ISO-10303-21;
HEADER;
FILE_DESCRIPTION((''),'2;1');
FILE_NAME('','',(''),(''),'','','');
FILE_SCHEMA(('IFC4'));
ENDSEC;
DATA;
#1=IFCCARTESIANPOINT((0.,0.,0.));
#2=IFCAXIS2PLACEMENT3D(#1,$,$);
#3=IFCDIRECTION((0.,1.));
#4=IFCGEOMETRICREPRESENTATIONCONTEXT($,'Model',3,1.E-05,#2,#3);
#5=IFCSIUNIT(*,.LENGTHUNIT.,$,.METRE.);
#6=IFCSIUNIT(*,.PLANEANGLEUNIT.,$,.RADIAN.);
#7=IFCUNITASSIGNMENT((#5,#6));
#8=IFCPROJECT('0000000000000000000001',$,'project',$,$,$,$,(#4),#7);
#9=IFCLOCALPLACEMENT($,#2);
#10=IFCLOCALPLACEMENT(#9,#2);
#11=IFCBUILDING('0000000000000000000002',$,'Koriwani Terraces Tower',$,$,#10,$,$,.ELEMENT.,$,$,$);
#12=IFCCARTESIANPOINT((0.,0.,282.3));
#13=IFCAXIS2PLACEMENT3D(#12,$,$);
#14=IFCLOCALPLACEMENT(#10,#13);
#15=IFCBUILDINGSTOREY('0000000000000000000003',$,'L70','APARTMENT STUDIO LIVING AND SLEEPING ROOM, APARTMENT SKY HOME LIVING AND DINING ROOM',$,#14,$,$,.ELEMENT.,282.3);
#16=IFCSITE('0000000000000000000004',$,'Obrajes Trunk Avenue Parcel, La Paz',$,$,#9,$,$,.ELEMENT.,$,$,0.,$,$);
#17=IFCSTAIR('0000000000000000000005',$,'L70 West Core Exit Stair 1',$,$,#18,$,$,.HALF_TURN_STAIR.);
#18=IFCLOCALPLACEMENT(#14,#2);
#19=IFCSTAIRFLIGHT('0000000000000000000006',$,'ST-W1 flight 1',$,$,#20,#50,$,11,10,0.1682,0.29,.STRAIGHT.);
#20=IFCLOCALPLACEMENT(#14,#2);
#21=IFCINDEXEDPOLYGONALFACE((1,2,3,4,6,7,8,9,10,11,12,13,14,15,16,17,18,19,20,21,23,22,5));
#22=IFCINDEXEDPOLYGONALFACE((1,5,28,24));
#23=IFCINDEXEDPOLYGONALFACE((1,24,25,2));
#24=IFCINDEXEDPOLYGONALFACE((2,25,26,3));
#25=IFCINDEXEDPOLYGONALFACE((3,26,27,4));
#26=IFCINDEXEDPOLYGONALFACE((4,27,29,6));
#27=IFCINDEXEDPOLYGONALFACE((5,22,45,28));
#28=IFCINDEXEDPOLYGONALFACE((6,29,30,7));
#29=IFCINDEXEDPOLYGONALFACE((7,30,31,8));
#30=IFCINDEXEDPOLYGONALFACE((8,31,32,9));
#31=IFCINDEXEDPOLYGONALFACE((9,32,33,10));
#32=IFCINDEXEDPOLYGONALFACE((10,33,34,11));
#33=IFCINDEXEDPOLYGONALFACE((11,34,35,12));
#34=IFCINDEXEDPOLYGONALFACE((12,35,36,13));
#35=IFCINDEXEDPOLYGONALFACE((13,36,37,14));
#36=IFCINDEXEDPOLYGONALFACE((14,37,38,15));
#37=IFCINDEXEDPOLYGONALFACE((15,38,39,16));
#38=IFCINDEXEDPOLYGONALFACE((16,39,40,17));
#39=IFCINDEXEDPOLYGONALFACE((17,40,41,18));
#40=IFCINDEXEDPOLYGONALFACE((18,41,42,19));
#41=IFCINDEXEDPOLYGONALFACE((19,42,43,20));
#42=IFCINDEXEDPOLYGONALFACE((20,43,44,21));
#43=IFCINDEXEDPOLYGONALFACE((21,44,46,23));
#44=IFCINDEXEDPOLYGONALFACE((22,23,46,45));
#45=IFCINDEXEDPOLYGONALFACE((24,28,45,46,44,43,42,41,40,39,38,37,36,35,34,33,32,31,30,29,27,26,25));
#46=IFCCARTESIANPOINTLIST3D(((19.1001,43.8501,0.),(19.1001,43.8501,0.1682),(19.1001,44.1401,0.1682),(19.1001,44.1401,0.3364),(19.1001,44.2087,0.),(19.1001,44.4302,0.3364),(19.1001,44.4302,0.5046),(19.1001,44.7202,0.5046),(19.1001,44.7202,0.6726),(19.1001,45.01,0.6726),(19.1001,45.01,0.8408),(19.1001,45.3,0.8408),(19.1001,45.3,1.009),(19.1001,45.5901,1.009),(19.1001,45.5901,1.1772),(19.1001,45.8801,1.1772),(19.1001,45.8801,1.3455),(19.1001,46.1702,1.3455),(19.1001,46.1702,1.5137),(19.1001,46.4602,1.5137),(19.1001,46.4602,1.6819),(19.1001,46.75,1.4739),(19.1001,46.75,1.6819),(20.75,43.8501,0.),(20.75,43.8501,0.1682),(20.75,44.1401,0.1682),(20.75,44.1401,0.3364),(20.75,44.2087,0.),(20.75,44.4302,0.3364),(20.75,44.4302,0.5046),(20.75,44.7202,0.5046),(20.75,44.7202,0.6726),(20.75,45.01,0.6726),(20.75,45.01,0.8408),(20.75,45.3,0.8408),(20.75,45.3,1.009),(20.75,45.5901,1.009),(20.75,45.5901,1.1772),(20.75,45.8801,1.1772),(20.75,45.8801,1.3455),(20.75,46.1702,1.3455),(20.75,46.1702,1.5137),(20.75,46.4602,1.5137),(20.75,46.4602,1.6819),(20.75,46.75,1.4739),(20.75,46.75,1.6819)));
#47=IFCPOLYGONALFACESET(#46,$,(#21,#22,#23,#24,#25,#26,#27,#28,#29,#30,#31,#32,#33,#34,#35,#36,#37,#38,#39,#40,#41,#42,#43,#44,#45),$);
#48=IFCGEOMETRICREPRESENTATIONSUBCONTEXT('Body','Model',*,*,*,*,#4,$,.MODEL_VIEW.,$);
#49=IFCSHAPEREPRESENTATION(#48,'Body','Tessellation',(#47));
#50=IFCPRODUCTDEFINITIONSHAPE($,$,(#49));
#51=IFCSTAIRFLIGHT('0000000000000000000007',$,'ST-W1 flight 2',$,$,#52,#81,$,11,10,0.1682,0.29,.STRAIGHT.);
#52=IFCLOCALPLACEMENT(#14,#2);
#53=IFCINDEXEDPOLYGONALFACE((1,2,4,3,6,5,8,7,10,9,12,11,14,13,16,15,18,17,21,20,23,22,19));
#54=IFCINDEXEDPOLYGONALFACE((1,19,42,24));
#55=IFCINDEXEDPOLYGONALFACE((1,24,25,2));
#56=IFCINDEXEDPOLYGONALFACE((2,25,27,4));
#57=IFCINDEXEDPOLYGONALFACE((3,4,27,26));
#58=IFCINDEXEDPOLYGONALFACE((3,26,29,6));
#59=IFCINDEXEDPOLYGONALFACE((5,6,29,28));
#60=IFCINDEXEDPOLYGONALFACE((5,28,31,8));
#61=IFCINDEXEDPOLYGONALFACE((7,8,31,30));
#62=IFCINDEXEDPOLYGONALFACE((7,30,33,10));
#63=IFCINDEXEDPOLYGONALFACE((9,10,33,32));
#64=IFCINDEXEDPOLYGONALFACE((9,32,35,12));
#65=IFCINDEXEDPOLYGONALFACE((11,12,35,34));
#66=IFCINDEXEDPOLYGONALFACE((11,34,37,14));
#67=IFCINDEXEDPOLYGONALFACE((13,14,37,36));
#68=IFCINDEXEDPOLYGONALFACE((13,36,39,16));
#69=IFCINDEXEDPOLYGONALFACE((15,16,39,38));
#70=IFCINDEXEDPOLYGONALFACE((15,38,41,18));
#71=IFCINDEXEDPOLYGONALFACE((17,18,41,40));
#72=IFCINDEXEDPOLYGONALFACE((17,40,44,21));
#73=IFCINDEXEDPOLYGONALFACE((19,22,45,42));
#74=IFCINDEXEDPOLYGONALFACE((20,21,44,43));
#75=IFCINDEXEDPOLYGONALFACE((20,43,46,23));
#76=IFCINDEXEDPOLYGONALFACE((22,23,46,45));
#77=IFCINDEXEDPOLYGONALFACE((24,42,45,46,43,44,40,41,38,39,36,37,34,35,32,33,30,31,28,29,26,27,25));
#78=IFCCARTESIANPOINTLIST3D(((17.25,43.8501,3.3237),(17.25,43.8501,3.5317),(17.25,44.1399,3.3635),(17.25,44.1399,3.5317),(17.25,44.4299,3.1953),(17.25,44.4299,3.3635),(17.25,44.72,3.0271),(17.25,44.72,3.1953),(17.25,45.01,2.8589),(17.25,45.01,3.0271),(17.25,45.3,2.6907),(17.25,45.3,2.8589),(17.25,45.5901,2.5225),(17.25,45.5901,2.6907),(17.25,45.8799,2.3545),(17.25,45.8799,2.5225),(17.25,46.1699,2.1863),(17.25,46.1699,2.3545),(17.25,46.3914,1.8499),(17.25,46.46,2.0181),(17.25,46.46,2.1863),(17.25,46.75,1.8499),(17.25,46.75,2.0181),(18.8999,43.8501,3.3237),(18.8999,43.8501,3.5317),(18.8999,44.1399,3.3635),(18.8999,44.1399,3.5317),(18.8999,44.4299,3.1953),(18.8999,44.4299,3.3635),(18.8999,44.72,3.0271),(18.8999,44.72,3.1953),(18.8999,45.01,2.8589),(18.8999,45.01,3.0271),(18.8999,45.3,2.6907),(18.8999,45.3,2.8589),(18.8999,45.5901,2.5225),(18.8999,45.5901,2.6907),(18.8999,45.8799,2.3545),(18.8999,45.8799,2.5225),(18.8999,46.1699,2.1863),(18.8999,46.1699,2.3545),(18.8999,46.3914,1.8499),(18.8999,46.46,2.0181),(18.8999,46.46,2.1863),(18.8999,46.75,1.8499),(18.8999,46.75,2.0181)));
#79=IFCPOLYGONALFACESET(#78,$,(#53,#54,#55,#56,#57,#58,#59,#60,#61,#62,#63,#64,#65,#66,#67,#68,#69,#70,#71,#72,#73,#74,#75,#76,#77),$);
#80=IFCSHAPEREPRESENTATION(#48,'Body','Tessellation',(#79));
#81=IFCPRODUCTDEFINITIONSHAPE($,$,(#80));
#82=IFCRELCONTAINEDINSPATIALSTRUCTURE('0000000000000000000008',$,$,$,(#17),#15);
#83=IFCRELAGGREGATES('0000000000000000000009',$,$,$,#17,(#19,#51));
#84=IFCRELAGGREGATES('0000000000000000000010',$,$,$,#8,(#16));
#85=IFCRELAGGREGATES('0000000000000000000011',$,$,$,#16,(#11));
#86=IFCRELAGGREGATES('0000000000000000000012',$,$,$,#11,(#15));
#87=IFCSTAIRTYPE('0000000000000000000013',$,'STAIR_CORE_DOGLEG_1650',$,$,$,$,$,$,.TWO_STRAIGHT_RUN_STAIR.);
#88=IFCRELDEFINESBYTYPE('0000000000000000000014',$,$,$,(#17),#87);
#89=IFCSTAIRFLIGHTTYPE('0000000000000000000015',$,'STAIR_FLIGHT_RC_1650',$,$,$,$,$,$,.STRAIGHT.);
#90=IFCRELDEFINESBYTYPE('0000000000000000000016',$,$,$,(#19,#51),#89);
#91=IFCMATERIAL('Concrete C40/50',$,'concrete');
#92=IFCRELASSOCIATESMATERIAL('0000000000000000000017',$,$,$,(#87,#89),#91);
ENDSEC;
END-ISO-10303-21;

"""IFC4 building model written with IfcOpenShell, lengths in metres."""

from ifc_helpers import new_model, si_unit, direction, frame, origin, place, context, subcontext, project, spatial, polyline, outline, extrude, material, type_object, element, aggregate, save


model = new_model("IFC4")

# Units and contexts
model_context = context("Model", 3, precision=1e-05, world=origin(), true_north=direction((0.0, 1.0)))
body_context = subcontext(model_context, "Body", "Model", "MODEL_VIEW")
ifc_project = project(units=[si_unit("LENGTHUNIT", "METRE"), si_unit("PLANEANGLEUNIT", "RADIAN")], contexts=[model_context])

# Site, building, storey
site_placement = place(None, origin())
site = spatial("IfcSite", under=ifc_project, at=site_placement, Name="Obrajes Trunk Avenue Parcel, La Paz", CompositionType="ELEMENT", RefElevation=0.0)
building_placement = place(site_placement, origin())
building = spatial("IfcBuilding", under=site, at=building_placement, Name="Koriwani Terraces Tower", CompositionType="ELEMENT")
storey_placement = place(building_placement, frame((0.0, 0.0, 282.3)))
storey = spatial("IfcBuildingStorey", under=building, at=storey_placement, Name="L70", Description="APARTMENT STUDIO LIVING AND SLEEPING ROOM, APARTMENT SKY HOME LIVING AND DINING ROOM", CompositionType="ELEMENT", Elevation=282.3)

# Shared definitions
ifc_material_1 = material(Name="Concrete C40/50", Category="concrete")

# Stair, stair flights
stair_type = type_object("IfcStairType", Name="STAIR_CORE_DOGLEG_1650", PredefinedType="TWO_STRAIGHT_RUN_STAIR", material=ifc_material_1)
stair_placement = place(storey_placement, origin())
stair = element("IfcStair", 1, at=stair_placement, inside=storey, type_object=stair_type, Name="L70 West Core Exit Stair 1", PredefinedType="HALF_TURN_STAIR")
stair_flight_type = type_object("IfcStairFlightType", Name="STAIR_FLIGHT_RC_1650", PredefinedType="STRAIGHT", material=ifc_material_1)
stair_flight_1_placement = place(storey_placement, frame((19.925, 43.8501, 0.0), z_axis=(0.0, 0.0, 1.0), x_axis=(0.0, 1.0, 0.0)))
stair_flight_1 = element("IfcStairFlight", 2, at=stair_flight_1_placement, type_object=stair_flight_type, Name="ST-W1 flight 1", NumberOfRisers=11, NumberOfTreads=10, PredefinedType="STRAIGHT", RiserHeight=0.1682, TreadLength=0.29, context=body_context, shape_type="SweptSolid", body=[
    extrude(outline(polyline([(0.0, 0.0), (0.0, 0.1682), (0.29, 0.1682), (0.29, 0.3364), (0.5801, 0.3364), (0.5801, 0.5046), (0.8701, 0.5046), (0.8701, 0.6726), (1.1599, 0.6726), (1.1599, 0.8408), (1.45, 0.8408), (1.45, 1.009), (1.74, 1.009), (1.74, 1.1772), (2.03, 1.1772), (2.03, 1.3455), (2.3201, 1.3455), (2.3201, 1.5137), (2.6101, 1.5137), (2.6101, 1.6819), (2.8999, 1.6819), (2.8999, 1.8501), (2.8999, 1.4739), (0.3586, 0.0), (0.0, 0.0)])), frame((0.0, 0.825, 0.0), z_axis=(0.0, -1.0, 0.0), x_axis=(1.0, 0.0, 0.0)), (0.0, 0.0, 1.0), 1.6499),
])
stair_flight_2_placement = place(storey_placement, frame((18.075, 46.75, 1.8499), z_axis=(0.0, 0.0, 1.0), x_axis=(0.0, -1.0, 0.0)))
stair_flight_2 = element("IfcStairFlight", 3, at=stair_flight_2_placement, type_object=stair_flight_type, Name="ST-W1 flight 2", NumberOfRisers=11, NumberOfTreads=10, PredefinedType="STRAIGHT", RiserHeight=0.1682, TreadLength=0.29, context=body_context, shape_type="SweptSolid", body=[
    extrude(outline(polyline([(0.0, 0.0), (0.0, 0.1682), (0.29, 0.1682), (0.29, 0.3364), (0.5801, 0.3364), (0.5801, 0.5046), (0.8701, 0.5046), (0.8701, 0.6726), (1.1599, 0.6726), (1.1599, 0.8408), (1.45, 0.8408), (1.45, 1.009), (1.74, 1.009), (1.74, 1.1772), (2.03, 1.1772), (2.03, 1.3455), (2.3201, 1.3455), (2.3201, 1.5137), (2.6101, 1.5137), (2.6101, 1.6819), (2.8999, 1.6819), (2.8999, 1.8501), (2.8999, 1.4739), (0.3586, 0.0), (0.0, 0.0)])), frame((0.0, 0.825, 0.0), z_axis=(0.0, -1.0, 0.0), x_axis=(1.0, 0.0, 0.0)), (0.0, 0.0, 1.0), 1.6499),
])
aggregate(stair, [stair_flight_1, stair_flight_2])

save(model, "model.ifc")
